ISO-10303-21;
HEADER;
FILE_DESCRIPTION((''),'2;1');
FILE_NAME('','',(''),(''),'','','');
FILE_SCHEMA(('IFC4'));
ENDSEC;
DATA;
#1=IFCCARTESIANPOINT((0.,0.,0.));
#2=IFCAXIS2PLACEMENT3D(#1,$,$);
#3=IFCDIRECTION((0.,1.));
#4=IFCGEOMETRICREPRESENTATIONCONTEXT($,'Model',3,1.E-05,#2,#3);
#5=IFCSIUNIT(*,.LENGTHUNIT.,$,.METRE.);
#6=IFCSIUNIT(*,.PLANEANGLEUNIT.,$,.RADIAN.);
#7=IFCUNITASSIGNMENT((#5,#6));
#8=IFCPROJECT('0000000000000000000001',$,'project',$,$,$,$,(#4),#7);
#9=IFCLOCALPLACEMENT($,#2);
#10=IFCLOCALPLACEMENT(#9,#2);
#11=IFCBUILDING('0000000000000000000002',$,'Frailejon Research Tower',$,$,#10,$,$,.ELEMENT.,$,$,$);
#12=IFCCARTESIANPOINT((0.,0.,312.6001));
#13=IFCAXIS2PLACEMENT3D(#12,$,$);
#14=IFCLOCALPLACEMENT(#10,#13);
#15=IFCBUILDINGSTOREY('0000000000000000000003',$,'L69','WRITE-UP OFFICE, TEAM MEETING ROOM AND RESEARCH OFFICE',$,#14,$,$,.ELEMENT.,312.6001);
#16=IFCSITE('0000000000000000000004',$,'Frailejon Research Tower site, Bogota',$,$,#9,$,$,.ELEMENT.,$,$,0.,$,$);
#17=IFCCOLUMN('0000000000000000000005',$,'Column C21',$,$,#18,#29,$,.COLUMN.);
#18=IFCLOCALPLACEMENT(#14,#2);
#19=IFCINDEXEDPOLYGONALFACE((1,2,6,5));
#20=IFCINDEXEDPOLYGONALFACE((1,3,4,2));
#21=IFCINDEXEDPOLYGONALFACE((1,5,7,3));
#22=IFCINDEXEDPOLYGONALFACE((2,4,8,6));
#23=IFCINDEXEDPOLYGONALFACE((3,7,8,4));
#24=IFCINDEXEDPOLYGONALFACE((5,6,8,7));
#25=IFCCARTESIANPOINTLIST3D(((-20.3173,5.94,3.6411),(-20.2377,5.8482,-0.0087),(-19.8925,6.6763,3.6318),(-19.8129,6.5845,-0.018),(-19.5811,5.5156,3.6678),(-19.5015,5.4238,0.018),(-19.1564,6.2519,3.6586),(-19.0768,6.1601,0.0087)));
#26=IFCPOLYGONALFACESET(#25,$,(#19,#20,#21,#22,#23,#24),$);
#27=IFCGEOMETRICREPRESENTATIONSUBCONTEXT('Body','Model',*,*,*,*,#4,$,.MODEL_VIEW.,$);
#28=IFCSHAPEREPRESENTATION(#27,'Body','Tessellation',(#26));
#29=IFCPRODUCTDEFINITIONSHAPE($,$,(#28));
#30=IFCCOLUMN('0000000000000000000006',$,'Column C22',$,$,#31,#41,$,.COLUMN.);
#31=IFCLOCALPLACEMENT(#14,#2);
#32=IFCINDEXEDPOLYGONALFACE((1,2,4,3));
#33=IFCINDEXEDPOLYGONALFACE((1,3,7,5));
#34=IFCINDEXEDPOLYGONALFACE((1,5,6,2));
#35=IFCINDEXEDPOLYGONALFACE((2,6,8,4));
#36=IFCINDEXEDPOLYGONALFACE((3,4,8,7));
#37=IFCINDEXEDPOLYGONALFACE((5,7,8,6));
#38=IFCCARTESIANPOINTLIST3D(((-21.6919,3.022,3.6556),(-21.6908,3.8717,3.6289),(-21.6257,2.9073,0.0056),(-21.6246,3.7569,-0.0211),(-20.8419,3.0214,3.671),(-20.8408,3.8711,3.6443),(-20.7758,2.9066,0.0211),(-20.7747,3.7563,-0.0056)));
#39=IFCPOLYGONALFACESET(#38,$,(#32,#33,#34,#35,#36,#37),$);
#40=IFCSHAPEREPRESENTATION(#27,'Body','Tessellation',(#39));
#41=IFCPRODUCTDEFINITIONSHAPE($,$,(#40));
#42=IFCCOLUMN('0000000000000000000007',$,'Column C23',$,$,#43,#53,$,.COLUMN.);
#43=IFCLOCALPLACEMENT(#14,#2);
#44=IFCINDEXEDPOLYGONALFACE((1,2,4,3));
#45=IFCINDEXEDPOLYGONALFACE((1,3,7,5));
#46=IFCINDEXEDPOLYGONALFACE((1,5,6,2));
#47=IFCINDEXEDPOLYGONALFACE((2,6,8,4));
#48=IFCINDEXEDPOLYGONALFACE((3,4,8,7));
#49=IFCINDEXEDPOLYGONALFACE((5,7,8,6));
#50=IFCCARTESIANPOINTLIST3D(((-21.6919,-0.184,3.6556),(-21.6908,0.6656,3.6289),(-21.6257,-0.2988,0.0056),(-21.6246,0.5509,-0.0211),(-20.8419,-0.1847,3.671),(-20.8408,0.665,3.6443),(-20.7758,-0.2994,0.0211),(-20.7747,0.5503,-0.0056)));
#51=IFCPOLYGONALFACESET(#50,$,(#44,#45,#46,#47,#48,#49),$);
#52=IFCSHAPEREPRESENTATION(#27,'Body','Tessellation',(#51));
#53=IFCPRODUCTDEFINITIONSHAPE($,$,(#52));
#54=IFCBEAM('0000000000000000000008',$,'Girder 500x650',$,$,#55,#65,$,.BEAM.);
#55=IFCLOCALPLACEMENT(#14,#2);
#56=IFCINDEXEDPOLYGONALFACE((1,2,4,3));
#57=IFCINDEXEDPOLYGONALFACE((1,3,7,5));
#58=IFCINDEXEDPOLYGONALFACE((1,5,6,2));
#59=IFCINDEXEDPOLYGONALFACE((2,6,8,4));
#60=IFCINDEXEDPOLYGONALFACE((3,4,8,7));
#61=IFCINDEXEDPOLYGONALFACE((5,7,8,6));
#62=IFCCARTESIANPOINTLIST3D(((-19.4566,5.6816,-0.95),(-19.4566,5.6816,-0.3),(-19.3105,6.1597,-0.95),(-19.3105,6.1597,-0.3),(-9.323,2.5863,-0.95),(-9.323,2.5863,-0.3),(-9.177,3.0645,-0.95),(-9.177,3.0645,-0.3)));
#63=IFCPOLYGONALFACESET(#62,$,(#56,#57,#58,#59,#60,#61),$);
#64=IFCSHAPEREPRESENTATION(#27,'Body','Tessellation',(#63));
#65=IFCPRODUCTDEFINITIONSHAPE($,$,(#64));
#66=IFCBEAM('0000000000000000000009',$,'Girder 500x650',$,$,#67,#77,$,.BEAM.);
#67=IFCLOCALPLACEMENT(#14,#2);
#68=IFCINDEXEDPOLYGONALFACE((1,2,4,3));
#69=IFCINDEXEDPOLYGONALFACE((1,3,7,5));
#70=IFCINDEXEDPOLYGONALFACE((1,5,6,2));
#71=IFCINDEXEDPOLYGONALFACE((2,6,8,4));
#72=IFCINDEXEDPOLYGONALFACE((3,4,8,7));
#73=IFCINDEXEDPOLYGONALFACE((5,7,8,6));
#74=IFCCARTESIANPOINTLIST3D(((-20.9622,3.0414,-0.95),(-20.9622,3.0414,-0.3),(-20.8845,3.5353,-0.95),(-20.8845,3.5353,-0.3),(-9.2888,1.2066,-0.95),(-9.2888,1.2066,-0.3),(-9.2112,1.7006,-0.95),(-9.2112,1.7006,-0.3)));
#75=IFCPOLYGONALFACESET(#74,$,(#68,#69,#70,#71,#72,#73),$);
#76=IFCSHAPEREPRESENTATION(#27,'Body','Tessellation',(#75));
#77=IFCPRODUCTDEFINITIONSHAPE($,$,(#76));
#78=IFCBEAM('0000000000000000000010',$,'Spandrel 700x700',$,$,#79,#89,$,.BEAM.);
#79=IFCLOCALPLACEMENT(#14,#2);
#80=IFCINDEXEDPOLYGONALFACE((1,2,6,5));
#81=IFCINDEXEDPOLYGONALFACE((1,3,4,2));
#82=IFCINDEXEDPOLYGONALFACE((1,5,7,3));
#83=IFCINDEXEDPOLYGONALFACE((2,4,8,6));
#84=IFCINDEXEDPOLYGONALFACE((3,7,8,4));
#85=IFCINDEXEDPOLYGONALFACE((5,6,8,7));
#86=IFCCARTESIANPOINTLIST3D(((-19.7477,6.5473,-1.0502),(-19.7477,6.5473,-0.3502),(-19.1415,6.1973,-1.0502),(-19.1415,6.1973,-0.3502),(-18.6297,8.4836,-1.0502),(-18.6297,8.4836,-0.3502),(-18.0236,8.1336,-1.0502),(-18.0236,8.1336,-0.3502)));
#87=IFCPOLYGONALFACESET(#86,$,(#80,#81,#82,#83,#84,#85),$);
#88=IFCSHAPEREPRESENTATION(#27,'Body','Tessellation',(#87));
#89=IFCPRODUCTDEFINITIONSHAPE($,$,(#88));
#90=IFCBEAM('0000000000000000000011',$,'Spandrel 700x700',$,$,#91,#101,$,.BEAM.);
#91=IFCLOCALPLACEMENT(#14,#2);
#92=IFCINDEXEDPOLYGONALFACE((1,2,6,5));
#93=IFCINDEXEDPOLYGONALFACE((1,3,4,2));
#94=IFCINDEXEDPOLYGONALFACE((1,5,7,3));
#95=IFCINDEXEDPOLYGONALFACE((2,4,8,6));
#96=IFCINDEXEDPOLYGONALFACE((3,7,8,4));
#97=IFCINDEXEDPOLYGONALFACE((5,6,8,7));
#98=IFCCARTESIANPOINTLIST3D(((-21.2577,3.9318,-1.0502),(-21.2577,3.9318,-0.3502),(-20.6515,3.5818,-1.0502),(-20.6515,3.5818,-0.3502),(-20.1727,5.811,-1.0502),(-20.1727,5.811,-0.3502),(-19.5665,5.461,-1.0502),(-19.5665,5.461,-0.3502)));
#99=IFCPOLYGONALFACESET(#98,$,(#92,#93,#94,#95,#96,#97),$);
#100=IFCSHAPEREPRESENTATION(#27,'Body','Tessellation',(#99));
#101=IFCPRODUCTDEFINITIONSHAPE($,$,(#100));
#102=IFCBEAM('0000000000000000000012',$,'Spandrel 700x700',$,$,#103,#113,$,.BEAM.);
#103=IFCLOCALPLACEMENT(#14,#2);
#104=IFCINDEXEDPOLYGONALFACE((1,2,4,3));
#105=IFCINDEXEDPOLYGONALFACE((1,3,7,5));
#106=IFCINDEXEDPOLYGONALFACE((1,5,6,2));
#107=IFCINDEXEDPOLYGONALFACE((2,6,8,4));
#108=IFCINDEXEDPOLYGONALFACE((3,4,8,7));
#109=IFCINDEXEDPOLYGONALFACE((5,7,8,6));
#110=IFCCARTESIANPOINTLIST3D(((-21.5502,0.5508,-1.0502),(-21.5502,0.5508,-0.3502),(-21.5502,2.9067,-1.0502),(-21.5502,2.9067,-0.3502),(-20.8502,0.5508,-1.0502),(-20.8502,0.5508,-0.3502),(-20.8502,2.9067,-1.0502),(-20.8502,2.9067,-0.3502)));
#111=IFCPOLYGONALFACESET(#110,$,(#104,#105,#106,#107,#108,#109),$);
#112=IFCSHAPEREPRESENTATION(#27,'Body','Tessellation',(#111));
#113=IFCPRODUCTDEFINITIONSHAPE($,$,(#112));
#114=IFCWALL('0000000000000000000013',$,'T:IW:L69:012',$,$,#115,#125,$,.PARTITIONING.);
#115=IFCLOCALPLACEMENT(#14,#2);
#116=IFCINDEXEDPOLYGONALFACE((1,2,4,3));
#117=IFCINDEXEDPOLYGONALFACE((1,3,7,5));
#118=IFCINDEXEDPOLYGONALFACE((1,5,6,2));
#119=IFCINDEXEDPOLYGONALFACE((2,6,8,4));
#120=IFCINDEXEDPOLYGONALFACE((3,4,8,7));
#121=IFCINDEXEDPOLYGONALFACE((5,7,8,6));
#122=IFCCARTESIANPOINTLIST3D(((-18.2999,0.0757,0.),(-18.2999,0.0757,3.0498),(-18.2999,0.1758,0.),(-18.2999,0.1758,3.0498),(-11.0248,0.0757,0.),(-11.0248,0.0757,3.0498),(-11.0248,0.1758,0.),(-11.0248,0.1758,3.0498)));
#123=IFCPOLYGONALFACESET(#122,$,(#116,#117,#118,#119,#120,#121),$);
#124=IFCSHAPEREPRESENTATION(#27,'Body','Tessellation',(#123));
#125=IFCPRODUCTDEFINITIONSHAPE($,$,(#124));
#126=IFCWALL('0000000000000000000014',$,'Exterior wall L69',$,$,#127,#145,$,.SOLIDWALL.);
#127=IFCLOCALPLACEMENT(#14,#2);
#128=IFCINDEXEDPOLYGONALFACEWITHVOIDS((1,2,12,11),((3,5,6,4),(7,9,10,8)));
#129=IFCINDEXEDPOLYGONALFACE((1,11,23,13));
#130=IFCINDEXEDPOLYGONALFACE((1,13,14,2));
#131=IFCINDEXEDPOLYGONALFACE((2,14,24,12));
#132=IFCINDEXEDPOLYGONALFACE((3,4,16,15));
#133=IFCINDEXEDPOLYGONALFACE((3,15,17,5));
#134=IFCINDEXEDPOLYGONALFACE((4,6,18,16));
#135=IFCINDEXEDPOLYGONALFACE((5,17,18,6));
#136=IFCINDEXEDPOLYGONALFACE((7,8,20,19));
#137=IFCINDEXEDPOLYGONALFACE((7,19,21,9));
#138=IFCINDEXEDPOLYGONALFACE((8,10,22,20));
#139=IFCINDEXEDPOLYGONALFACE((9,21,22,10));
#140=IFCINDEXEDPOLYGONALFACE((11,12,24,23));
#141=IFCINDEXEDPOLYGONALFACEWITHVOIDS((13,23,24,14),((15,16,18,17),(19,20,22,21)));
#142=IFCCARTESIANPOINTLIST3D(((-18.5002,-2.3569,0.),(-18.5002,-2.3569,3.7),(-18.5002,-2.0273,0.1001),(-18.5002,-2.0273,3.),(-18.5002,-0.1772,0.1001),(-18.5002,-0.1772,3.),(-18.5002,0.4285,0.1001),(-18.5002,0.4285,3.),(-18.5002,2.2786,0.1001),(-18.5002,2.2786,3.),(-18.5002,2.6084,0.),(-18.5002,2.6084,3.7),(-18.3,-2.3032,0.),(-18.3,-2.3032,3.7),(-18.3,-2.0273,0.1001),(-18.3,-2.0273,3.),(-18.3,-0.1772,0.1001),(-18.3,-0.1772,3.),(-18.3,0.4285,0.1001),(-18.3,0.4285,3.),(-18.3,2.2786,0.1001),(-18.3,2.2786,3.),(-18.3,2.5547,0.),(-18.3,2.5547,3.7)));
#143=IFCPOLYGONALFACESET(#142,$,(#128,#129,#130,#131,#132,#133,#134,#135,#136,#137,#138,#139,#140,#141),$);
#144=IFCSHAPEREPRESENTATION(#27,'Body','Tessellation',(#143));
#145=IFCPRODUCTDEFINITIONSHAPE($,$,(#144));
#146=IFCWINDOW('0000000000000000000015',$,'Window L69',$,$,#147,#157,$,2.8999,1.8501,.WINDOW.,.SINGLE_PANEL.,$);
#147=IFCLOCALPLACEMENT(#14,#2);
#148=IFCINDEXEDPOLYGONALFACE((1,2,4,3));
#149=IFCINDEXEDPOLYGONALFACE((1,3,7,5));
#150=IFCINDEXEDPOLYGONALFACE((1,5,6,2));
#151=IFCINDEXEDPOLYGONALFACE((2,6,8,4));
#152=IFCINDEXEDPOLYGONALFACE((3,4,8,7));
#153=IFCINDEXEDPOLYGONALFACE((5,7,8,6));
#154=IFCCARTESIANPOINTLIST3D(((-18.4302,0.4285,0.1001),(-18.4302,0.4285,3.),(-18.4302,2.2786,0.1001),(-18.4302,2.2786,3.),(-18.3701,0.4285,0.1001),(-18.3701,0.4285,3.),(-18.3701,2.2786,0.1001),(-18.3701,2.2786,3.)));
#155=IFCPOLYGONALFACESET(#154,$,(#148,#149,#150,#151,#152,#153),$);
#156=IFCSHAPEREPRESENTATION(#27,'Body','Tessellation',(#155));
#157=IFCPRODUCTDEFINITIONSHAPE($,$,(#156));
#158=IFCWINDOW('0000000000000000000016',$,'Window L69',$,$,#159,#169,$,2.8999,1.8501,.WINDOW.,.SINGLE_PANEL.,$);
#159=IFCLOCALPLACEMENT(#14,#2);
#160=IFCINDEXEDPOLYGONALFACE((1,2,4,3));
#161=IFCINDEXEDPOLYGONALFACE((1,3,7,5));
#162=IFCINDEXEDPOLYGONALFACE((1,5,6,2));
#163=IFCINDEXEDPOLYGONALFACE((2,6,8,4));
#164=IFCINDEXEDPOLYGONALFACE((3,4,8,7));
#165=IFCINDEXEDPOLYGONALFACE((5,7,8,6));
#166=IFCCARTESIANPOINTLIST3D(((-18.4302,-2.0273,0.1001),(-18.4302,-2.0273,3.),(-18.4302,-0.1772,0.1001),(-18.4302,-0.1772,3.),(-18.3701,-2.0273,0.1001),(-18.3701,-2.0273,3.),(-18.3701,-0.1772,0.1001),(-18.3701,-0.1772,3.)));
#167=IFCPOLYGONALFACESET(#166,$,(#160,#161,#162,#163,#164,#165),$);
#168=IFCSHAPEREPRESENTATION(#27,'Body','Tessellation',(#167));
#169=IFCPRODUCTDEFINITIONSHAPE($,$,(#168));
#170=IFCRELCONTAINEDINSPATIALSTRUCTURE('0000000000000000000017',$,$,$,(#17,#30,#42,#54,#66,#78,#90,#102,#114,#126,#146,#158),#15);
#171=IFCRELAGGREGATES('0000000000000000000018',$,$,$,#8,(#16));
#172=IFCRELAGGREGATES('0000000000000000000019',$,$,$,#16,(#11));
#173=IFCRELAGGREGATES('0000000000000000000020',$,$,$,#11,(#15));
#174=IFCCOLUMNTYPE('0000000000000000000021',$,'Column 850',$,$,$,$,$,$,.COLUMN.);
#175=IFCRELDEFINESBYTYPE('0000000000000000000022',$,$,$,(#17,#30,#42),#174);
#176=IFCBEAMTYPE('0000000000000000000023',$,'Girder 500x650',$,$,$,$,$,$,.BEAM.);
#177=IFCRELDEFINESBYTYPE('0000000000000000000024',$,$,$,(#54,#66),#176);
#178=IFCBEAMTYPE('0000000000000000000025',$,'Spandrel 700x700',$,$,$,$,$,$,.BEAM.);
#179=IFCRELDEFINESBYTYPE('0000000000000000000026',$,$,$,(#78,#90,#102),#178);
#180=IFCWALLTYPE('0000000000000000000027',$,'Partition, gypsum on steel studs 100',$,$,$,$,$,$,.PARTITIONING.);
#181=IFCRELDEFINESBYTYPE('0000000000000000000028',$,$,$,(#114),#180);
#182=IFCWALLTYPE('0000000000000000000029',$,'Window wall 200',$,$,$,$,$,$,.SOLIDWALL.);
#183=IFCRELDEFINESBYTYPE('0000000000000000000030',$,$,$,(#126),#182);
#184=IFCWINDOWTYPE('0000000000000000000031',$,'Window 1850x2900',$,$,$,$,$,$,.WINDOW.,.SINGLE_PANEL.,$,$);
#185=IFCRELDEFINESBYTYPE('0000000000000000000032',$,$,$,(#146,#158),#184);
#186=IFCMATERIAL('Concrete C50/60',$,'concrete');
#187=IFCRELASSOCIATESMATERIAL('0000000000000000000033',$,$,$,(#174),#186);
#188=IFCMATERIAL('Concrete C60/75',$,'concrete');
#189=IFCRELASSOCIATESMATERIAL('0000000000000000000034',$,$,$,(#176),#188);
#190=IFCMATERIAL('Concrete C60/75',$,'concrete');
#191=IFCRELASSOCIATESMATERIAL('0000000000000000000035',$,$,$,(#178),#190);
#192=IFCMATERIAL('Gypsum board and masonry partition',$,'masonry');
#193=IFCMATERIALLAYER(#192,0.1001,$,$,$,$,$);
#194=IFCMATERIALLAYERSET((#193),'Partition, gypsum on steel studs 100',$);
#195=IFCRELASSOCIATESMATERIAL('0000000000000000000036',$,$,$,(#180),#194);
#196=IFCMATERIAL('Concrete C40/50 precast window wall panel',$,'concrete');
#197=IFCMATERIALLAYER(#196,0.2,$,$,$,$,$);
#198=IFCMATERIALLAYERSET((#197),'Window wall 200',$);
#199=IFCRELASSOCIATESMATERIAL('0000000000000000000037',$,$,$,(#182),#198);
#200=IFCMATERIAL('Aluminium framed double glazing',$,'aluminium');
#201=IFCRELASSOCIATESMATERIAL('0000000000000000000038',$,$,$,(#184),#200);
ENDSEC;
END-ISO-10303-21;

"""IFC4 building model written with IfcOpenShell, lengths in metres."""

from ifc_helpers import new_model, si_unit, direction, frame, frame_2d, origin, origin_2d, place, context, subcontext, project, spatial, polyline, rectangle, outline, extrude, material, layer, layer_set, material_profile, profile_set, type_object, element, fill, save


model = new_model("IFC4")

# Units and contexts
model_context = context("Model", 3, precision=1e-05, world=origin(), true_north=direction((0.0, 1.0)))
body_context = subcontext(model_context, "Body", "Model", "MODEL_VIEW")
ifc_project = project(units=[si_unit("LENGTHUNIT", "METRE"), si_unit("PLANEANGLEUNIT", "RADIAN")], contexts=[model_context])

# Site, building, storey
site_placement = place(None, origin())
site = spatial("IfcSite", under=ifc_project, at=site_placement, Name="Frailejon Research Tower site, Bogota", CompositionType="ELEMENT", RefElevation=0.0)
building_placement = place(site_placement, origin())
building = spatial("IfcBuilding", under=site, at=building_placement, Name="Frailejon Research Tower", CompositionType="ELEMENT")
storey_placement = place(building_placement, frame((0.0, 0.0, 312.6001)))
storey = spatial("IfcBuildingStorey", under=building, at=storey_placement, Name="L69", Description="WRITE-UP OFFICE, TEAM MEETING ROOM AND RESEARCH OFFICE", CompositionType="ELEMENT", Elevation=312.6001)

# Columns
ifc_material_1 = material(Name="Concrete C50/60", Category="concrete")
ifc_material_profile_1 = material_profile(ifc_material_1, rectangle(XDim=0.8501, YDim=0.8501, at=origin_2d()), Name="Column 850")
ifc_profile_set_1 = profile_set([ifc_material_profile_1], Name="Concrete C50/60")
column_type = type_object("IfcColumnType", Name="Column 850", PredefinedType="COLUMN", material=ifc_profile_set_1)
column_placement = place(storey_placement, frame((-19.6572, 6.0042, 0.0), z_axis=(-0.021794, 0.025137, 0.999446), x_axis=(-0.499665, -0.86615, 0.010888)))
element("IfcColumn", 1, at=column_placement, inside=storey, type_object=column_type, Name="Column C21", PredefinedType="COLUMN", context=body_context, shape_type="SweptSolid", body=[
    extrude(rectangle(XDim=0.8501, YDim=0.8501, at=origin_2d()), origin(), (0.0, 0.0, 1.0), 3.6519),
])
for number, where, z_axis, x_axis, name in (
    (2, (-21.2002, 3.3318, 0.0), (-0.018115, 0.031417, 0.999342), (-0.001297, -0.999506, 0.031399), "Column C22"),
    (3, (-21.2002, 0.1257, 0.0), (-0.018115, 0.031417, 0.999342), (-0.001297, -0.999506, 0.031399), "Column C23"),
):
    element("IfcColumn", number, at=place(storey_placement, frame(where, z_axis=z_axis, x_axis=x_axis)), inside=storey, type_object=column_type, Name=name, PredefinedType="COLUMN", context=body_context, shape_type="SweptSolid", body=[
        extrude(rectangle(XDim=0.8501, YDim=0.8501, at=origin_2d()), origin(), (0.0, 0.0, 1.0), 3.6523),
    ])

# Beams
ifc_material_2 = material(Name="Concrete C60/75", Category="concrete")
ifc_material_profile_2 = material_profile(ifc_material_2, rectangle(XDim=0.5, YDim=0.6499, at=origin_2d()), Name="Girder 500x650")
ifc_profile_set_2 = profile_set([ifc_material_profile_2], Name="Concrete C60/75")
beam_type_1 = type_object("IfcBeamType", Name="Girder 500x650", PredefinedType="BEAM", material=ifc_profile_set_2)
beam_1_placement = place(storey_placement, frame((-19.3835, 5.9207, -0.625), z_axis=(0.956382, -0.29212, 0.0), x_axis=(0.29212, 0.956382, 0.0)))
element("IfcBeam", 4, at=beam_1_placement, inside=storey, type_object=beam_type_1, Name="Girder 500x650", PredefinedType="BEAM", context=body_context, shape_type="SweptSolid", body=[
    extrude(rectangle(XDim=0.5, YDim=0.6499, at=origin_2d()), origin(), (0.0, 0.0, 1.0), 10.5957),
])
beam_2_placement = place(storey_placement, frame((-20.9233, 3.2883, -0.625), z_axis=(0.987873, -0.155265, 0.0), x_axis=(0.155265, 0.987873, 0.0)))
element("IfcBeam", 5, at=beam_2_placement, inside=storey, type_object=beam_type_1, Name="Girder 500x650", PredefinedType="BEAM", context=body_context, shape_type="SweptSolid", body=[
    extrude(rectangle(XDim=0.5, YDim=0.6499, at=origin_2d()), origin(), (0.0, 0.0, 1.0), 11.8167),
])
ifc_material_3 = material(Name="Concrete C60/75", Category="concrete")
ifc_material_profile_3 = material_profile(ifc_material_3, rectangle(XDim=0.7, YDim=0.7, at=origin_2d()), Name="Spandrel 700x700")
ifc_profile_set_3 = profile_set([ifc_material_profile_3], Name="Concrete C60/75")
beam_type_2 = type_object("IfcBeamType", Name="Spandrel 700x700", PredefinedType="BEAM", material=ifc_profile_set_3)
beam_3_placement = place(storey_placement, frame((-18.3267, 8.3086, -0.7002), z_axis=(-0.500003, -0.866024, 0.0), x_axis=(0.866024, -0.500003, 0.0)))
element("IfcBeam", 6, at=beam_3_placement, inside=storey, type_object=beam_type_2, Name="Spandrel 700x700", PredefinedType="BEAM", context=body_context, shape_type="SweptSolid", body=[
    extrude(rectangle(XDim=0.7, YDim=0.7, at=origin_2d()), origin(), (0.0, 0.0, 1.0), 2.2358),
])
beam_4_placement = place(storey_placement, frame((-19.8696, 5.636, -0.7002), z_axis=(-0.500011, -0.866019, 0.0), x_axis=(0.866019, -0.500011, 0.0)))
element("IfcBeam", 7, at=beam_4_placement, inside=storey, type_object=beam_type_2, Name="Spandrel 700x700", PredefinedType="BEAM", context=body_context, shape_type="SweptSolid", body=[
    extrude(rectangle(XDim=0.7, YDim=0.7, at=origin_2d()), origin(), (0.0, 0.0, 1.0), 2.1699),
])
beam_5_placement = place(storey_placement, frame((-21.2002, 2.9067, -0.7002), z_axis=(0.0, -1.0, 0.0), x_axis=(1.0, 0.0, 0.0)))
element("IfcBeam", 8, at=beam_5_placement, inside=storey, type_object=beam_type_2, Name="Spandrel 700x700", PredefinedType="BEAM", context=body_context, shape_type="SweptSolid", body=[
    extrude(rectangle(XDim=0.7, YDim=0.7, at=origin_2d()), origin(), (0.0, 0.0, 1.0), 2.356),
])

# Wall
ifc_material_4 = material(Name="Gypsum board and masonry partition", Category="masonry")
ifc_layer_1 = layer(ifc_material_4, 0.1001)
ifc_layer_set_1 = layer_set([ifc_layer_1], Name="Partition, gypsum on steel studs 100")
wall_type_1 = type_object("IfcWallType", Name="Partition, gypsum on steel studs 100", PredefinedType="PARTITIONING", material=ifc_layer_set_1)
wall_1_placement = place(storey_placement, frame((-18.3, 0.1257, 0.0), z_axis=(0.0, 0.0, 1.0), x_axis=(1.0, 0.0, 0.0)))
element("IfcWall", 9, at=wall_1_placement, inside=storey, type_object=wall_type_1, Name="T:IW:L69:012", PredefinedType="PARTITIONING", context=body_context, shape_type="SweptSolid", body=[
    extrude(rectangle(XDim=7.2751, YDim=0.1001, at=frame_2d((3.6377, 0.0))), origin(), (0.0, 0.0, 1.0), 3.0498),
])

# Wall, openings, windows
ifc_material_5 = material(Name="Concrete C40/50 precast window wall panel", Category="concrete")
ifc_layer_2 = layer(ifc_material_5, 0.2)
ifc_layer_set_2 = layer_set([ifc_layer_2], Name="Window wall 200")
wall_type_2 = type_object("IfcWallType", Name="Window wall 200", PredefinedType="SOLIDWALL", material=ifc_layer_set_2)
wall_2_placement = place(storey_placement, frame((-18.4001, 2.5815, 0.0), z_axis=(0.0, 0.0, 1.0), x_axis=(0.0, -1.0, 0.0)))
wall_2 = element("IfcWall", 10, at=wall_2_placement, inside=storey, type_object=wall_type_2, Name="Exterior wall L69", PredefinedType="SOLIDWALL", context=body_context, shape_type="SweptSolid", body=[
    extrude(outline(polyline([(-0.0269, -0.1001), (1.2144, -0.1001), (2.4558, -0.1001), (3.6973, -0.1001), (4.9385, -0.1001), (4.8848, 0.1001), (3.6704, 0.1001), (2.4558, 0.1001), (1.2412, 0.1001), (0.0269, 0.1001), (-0.0269, -0.1001)])), origin(), (0.0, 0.0, 1.0), 3.7),
])
opening_1_placement = place(wall_2_placement, frame((0.303, 0.0, 0.1001)))
opening_1 = element("IfcOpeningElement", 11, at=opening_1_placement, cuts=wall_2, PredefinedType="OPENING", context=body_context, shape_type="SweptSolid", body=[
    extrude(rectangle(XDim=1.8501, YDim=2.8999, at=frame_2d((0.925, 1.45))), frame((0.0, 0.1099, 0.0), z_axis=(0.0, -1.0, 0.0), x_axis=(1.0, 0.0, 0.0)), (0.0, 0.0, 1.0), 0.22),
])
opening_2_placement = place(wall_2_placement, frame((2.7588, 0.0, 0.1001)))
opening_2 = element("IfcOpeningElement", 12, at=opening_2_placement, cuts=wall_2, PredefinedType="OPENING", context=body_context, shape_type="SweptSolid", body=[
    extrude(rectangle(XDim=1.8501, YDim=2.8999, at=frame_2d((0.925, 1.45))), frame((0.0, 0.1099, 0.0), z_axis=(0.0, -1.0, 0.0), x_axis=(1.0, 0.0, 0.0)), (0.0, 0.0, 1.0), 0.22),
])
ifc_material_6 = material(Name="Aluminium framed double glazing", Category="aluminium")
window_type = type_object("IfcWindowType", Name="Window 1850x2900", PartitioningType="SINGLE_PANEL", PredefinedType="WINDOW", material=ifc_material_6)
window_1_placement = place(opening_1_placement, origin())
window_1 = element("IfcWindow", 13, at=window_1_placement, inside=storey, type_object=window_type, Name="Window L69", OverallHeight=2.8999, OverallWidth=1.8501, PartitioningType="SINGLE_PANEL", PredefinedType="WINDOW", context=body_context, shape_type="SweptSolid", body=[
    extrude(rectangle(XDim=1.8501, YDim=2.8999, at=frame_2d((0.925, 1.45))), frame((0.0, 0.03, 0.0), z_axis=(0.0, -1.0, 0.0), x_axis=(1.0, 0.0, 0.0)), (0.0, 0.0, 1.0), 0.0601),
])
fill(opening_1, window_1)
window_2_placement = place(opening_2_placement, origin())
window_2 = element("IfcWindow", 14, at=window_2_placement, inside=storey, type_object=window_type, Name="Window L69", OverallHeight=2.8999, OverallWidth=1.8501, PartitioningType="SINGLE_PANEL", PredefinedType="WINDOW", context=body_context, shape_type="SweptSolid", body=[
    extrude(rectangle(XDim=1.8501, YDim=2.8999, at=frame_2d((0.925, 1.45))), frame((0.0, 0.03, 0.0), z_axis=(0.0, -1.0, 0.0), x_axis=(1.0, 0.0, 0.0)), (0.0, 0.0, 1.0), 0.0601),
])
fill(opening_2, window_2)

save(model, "model.ifc")
